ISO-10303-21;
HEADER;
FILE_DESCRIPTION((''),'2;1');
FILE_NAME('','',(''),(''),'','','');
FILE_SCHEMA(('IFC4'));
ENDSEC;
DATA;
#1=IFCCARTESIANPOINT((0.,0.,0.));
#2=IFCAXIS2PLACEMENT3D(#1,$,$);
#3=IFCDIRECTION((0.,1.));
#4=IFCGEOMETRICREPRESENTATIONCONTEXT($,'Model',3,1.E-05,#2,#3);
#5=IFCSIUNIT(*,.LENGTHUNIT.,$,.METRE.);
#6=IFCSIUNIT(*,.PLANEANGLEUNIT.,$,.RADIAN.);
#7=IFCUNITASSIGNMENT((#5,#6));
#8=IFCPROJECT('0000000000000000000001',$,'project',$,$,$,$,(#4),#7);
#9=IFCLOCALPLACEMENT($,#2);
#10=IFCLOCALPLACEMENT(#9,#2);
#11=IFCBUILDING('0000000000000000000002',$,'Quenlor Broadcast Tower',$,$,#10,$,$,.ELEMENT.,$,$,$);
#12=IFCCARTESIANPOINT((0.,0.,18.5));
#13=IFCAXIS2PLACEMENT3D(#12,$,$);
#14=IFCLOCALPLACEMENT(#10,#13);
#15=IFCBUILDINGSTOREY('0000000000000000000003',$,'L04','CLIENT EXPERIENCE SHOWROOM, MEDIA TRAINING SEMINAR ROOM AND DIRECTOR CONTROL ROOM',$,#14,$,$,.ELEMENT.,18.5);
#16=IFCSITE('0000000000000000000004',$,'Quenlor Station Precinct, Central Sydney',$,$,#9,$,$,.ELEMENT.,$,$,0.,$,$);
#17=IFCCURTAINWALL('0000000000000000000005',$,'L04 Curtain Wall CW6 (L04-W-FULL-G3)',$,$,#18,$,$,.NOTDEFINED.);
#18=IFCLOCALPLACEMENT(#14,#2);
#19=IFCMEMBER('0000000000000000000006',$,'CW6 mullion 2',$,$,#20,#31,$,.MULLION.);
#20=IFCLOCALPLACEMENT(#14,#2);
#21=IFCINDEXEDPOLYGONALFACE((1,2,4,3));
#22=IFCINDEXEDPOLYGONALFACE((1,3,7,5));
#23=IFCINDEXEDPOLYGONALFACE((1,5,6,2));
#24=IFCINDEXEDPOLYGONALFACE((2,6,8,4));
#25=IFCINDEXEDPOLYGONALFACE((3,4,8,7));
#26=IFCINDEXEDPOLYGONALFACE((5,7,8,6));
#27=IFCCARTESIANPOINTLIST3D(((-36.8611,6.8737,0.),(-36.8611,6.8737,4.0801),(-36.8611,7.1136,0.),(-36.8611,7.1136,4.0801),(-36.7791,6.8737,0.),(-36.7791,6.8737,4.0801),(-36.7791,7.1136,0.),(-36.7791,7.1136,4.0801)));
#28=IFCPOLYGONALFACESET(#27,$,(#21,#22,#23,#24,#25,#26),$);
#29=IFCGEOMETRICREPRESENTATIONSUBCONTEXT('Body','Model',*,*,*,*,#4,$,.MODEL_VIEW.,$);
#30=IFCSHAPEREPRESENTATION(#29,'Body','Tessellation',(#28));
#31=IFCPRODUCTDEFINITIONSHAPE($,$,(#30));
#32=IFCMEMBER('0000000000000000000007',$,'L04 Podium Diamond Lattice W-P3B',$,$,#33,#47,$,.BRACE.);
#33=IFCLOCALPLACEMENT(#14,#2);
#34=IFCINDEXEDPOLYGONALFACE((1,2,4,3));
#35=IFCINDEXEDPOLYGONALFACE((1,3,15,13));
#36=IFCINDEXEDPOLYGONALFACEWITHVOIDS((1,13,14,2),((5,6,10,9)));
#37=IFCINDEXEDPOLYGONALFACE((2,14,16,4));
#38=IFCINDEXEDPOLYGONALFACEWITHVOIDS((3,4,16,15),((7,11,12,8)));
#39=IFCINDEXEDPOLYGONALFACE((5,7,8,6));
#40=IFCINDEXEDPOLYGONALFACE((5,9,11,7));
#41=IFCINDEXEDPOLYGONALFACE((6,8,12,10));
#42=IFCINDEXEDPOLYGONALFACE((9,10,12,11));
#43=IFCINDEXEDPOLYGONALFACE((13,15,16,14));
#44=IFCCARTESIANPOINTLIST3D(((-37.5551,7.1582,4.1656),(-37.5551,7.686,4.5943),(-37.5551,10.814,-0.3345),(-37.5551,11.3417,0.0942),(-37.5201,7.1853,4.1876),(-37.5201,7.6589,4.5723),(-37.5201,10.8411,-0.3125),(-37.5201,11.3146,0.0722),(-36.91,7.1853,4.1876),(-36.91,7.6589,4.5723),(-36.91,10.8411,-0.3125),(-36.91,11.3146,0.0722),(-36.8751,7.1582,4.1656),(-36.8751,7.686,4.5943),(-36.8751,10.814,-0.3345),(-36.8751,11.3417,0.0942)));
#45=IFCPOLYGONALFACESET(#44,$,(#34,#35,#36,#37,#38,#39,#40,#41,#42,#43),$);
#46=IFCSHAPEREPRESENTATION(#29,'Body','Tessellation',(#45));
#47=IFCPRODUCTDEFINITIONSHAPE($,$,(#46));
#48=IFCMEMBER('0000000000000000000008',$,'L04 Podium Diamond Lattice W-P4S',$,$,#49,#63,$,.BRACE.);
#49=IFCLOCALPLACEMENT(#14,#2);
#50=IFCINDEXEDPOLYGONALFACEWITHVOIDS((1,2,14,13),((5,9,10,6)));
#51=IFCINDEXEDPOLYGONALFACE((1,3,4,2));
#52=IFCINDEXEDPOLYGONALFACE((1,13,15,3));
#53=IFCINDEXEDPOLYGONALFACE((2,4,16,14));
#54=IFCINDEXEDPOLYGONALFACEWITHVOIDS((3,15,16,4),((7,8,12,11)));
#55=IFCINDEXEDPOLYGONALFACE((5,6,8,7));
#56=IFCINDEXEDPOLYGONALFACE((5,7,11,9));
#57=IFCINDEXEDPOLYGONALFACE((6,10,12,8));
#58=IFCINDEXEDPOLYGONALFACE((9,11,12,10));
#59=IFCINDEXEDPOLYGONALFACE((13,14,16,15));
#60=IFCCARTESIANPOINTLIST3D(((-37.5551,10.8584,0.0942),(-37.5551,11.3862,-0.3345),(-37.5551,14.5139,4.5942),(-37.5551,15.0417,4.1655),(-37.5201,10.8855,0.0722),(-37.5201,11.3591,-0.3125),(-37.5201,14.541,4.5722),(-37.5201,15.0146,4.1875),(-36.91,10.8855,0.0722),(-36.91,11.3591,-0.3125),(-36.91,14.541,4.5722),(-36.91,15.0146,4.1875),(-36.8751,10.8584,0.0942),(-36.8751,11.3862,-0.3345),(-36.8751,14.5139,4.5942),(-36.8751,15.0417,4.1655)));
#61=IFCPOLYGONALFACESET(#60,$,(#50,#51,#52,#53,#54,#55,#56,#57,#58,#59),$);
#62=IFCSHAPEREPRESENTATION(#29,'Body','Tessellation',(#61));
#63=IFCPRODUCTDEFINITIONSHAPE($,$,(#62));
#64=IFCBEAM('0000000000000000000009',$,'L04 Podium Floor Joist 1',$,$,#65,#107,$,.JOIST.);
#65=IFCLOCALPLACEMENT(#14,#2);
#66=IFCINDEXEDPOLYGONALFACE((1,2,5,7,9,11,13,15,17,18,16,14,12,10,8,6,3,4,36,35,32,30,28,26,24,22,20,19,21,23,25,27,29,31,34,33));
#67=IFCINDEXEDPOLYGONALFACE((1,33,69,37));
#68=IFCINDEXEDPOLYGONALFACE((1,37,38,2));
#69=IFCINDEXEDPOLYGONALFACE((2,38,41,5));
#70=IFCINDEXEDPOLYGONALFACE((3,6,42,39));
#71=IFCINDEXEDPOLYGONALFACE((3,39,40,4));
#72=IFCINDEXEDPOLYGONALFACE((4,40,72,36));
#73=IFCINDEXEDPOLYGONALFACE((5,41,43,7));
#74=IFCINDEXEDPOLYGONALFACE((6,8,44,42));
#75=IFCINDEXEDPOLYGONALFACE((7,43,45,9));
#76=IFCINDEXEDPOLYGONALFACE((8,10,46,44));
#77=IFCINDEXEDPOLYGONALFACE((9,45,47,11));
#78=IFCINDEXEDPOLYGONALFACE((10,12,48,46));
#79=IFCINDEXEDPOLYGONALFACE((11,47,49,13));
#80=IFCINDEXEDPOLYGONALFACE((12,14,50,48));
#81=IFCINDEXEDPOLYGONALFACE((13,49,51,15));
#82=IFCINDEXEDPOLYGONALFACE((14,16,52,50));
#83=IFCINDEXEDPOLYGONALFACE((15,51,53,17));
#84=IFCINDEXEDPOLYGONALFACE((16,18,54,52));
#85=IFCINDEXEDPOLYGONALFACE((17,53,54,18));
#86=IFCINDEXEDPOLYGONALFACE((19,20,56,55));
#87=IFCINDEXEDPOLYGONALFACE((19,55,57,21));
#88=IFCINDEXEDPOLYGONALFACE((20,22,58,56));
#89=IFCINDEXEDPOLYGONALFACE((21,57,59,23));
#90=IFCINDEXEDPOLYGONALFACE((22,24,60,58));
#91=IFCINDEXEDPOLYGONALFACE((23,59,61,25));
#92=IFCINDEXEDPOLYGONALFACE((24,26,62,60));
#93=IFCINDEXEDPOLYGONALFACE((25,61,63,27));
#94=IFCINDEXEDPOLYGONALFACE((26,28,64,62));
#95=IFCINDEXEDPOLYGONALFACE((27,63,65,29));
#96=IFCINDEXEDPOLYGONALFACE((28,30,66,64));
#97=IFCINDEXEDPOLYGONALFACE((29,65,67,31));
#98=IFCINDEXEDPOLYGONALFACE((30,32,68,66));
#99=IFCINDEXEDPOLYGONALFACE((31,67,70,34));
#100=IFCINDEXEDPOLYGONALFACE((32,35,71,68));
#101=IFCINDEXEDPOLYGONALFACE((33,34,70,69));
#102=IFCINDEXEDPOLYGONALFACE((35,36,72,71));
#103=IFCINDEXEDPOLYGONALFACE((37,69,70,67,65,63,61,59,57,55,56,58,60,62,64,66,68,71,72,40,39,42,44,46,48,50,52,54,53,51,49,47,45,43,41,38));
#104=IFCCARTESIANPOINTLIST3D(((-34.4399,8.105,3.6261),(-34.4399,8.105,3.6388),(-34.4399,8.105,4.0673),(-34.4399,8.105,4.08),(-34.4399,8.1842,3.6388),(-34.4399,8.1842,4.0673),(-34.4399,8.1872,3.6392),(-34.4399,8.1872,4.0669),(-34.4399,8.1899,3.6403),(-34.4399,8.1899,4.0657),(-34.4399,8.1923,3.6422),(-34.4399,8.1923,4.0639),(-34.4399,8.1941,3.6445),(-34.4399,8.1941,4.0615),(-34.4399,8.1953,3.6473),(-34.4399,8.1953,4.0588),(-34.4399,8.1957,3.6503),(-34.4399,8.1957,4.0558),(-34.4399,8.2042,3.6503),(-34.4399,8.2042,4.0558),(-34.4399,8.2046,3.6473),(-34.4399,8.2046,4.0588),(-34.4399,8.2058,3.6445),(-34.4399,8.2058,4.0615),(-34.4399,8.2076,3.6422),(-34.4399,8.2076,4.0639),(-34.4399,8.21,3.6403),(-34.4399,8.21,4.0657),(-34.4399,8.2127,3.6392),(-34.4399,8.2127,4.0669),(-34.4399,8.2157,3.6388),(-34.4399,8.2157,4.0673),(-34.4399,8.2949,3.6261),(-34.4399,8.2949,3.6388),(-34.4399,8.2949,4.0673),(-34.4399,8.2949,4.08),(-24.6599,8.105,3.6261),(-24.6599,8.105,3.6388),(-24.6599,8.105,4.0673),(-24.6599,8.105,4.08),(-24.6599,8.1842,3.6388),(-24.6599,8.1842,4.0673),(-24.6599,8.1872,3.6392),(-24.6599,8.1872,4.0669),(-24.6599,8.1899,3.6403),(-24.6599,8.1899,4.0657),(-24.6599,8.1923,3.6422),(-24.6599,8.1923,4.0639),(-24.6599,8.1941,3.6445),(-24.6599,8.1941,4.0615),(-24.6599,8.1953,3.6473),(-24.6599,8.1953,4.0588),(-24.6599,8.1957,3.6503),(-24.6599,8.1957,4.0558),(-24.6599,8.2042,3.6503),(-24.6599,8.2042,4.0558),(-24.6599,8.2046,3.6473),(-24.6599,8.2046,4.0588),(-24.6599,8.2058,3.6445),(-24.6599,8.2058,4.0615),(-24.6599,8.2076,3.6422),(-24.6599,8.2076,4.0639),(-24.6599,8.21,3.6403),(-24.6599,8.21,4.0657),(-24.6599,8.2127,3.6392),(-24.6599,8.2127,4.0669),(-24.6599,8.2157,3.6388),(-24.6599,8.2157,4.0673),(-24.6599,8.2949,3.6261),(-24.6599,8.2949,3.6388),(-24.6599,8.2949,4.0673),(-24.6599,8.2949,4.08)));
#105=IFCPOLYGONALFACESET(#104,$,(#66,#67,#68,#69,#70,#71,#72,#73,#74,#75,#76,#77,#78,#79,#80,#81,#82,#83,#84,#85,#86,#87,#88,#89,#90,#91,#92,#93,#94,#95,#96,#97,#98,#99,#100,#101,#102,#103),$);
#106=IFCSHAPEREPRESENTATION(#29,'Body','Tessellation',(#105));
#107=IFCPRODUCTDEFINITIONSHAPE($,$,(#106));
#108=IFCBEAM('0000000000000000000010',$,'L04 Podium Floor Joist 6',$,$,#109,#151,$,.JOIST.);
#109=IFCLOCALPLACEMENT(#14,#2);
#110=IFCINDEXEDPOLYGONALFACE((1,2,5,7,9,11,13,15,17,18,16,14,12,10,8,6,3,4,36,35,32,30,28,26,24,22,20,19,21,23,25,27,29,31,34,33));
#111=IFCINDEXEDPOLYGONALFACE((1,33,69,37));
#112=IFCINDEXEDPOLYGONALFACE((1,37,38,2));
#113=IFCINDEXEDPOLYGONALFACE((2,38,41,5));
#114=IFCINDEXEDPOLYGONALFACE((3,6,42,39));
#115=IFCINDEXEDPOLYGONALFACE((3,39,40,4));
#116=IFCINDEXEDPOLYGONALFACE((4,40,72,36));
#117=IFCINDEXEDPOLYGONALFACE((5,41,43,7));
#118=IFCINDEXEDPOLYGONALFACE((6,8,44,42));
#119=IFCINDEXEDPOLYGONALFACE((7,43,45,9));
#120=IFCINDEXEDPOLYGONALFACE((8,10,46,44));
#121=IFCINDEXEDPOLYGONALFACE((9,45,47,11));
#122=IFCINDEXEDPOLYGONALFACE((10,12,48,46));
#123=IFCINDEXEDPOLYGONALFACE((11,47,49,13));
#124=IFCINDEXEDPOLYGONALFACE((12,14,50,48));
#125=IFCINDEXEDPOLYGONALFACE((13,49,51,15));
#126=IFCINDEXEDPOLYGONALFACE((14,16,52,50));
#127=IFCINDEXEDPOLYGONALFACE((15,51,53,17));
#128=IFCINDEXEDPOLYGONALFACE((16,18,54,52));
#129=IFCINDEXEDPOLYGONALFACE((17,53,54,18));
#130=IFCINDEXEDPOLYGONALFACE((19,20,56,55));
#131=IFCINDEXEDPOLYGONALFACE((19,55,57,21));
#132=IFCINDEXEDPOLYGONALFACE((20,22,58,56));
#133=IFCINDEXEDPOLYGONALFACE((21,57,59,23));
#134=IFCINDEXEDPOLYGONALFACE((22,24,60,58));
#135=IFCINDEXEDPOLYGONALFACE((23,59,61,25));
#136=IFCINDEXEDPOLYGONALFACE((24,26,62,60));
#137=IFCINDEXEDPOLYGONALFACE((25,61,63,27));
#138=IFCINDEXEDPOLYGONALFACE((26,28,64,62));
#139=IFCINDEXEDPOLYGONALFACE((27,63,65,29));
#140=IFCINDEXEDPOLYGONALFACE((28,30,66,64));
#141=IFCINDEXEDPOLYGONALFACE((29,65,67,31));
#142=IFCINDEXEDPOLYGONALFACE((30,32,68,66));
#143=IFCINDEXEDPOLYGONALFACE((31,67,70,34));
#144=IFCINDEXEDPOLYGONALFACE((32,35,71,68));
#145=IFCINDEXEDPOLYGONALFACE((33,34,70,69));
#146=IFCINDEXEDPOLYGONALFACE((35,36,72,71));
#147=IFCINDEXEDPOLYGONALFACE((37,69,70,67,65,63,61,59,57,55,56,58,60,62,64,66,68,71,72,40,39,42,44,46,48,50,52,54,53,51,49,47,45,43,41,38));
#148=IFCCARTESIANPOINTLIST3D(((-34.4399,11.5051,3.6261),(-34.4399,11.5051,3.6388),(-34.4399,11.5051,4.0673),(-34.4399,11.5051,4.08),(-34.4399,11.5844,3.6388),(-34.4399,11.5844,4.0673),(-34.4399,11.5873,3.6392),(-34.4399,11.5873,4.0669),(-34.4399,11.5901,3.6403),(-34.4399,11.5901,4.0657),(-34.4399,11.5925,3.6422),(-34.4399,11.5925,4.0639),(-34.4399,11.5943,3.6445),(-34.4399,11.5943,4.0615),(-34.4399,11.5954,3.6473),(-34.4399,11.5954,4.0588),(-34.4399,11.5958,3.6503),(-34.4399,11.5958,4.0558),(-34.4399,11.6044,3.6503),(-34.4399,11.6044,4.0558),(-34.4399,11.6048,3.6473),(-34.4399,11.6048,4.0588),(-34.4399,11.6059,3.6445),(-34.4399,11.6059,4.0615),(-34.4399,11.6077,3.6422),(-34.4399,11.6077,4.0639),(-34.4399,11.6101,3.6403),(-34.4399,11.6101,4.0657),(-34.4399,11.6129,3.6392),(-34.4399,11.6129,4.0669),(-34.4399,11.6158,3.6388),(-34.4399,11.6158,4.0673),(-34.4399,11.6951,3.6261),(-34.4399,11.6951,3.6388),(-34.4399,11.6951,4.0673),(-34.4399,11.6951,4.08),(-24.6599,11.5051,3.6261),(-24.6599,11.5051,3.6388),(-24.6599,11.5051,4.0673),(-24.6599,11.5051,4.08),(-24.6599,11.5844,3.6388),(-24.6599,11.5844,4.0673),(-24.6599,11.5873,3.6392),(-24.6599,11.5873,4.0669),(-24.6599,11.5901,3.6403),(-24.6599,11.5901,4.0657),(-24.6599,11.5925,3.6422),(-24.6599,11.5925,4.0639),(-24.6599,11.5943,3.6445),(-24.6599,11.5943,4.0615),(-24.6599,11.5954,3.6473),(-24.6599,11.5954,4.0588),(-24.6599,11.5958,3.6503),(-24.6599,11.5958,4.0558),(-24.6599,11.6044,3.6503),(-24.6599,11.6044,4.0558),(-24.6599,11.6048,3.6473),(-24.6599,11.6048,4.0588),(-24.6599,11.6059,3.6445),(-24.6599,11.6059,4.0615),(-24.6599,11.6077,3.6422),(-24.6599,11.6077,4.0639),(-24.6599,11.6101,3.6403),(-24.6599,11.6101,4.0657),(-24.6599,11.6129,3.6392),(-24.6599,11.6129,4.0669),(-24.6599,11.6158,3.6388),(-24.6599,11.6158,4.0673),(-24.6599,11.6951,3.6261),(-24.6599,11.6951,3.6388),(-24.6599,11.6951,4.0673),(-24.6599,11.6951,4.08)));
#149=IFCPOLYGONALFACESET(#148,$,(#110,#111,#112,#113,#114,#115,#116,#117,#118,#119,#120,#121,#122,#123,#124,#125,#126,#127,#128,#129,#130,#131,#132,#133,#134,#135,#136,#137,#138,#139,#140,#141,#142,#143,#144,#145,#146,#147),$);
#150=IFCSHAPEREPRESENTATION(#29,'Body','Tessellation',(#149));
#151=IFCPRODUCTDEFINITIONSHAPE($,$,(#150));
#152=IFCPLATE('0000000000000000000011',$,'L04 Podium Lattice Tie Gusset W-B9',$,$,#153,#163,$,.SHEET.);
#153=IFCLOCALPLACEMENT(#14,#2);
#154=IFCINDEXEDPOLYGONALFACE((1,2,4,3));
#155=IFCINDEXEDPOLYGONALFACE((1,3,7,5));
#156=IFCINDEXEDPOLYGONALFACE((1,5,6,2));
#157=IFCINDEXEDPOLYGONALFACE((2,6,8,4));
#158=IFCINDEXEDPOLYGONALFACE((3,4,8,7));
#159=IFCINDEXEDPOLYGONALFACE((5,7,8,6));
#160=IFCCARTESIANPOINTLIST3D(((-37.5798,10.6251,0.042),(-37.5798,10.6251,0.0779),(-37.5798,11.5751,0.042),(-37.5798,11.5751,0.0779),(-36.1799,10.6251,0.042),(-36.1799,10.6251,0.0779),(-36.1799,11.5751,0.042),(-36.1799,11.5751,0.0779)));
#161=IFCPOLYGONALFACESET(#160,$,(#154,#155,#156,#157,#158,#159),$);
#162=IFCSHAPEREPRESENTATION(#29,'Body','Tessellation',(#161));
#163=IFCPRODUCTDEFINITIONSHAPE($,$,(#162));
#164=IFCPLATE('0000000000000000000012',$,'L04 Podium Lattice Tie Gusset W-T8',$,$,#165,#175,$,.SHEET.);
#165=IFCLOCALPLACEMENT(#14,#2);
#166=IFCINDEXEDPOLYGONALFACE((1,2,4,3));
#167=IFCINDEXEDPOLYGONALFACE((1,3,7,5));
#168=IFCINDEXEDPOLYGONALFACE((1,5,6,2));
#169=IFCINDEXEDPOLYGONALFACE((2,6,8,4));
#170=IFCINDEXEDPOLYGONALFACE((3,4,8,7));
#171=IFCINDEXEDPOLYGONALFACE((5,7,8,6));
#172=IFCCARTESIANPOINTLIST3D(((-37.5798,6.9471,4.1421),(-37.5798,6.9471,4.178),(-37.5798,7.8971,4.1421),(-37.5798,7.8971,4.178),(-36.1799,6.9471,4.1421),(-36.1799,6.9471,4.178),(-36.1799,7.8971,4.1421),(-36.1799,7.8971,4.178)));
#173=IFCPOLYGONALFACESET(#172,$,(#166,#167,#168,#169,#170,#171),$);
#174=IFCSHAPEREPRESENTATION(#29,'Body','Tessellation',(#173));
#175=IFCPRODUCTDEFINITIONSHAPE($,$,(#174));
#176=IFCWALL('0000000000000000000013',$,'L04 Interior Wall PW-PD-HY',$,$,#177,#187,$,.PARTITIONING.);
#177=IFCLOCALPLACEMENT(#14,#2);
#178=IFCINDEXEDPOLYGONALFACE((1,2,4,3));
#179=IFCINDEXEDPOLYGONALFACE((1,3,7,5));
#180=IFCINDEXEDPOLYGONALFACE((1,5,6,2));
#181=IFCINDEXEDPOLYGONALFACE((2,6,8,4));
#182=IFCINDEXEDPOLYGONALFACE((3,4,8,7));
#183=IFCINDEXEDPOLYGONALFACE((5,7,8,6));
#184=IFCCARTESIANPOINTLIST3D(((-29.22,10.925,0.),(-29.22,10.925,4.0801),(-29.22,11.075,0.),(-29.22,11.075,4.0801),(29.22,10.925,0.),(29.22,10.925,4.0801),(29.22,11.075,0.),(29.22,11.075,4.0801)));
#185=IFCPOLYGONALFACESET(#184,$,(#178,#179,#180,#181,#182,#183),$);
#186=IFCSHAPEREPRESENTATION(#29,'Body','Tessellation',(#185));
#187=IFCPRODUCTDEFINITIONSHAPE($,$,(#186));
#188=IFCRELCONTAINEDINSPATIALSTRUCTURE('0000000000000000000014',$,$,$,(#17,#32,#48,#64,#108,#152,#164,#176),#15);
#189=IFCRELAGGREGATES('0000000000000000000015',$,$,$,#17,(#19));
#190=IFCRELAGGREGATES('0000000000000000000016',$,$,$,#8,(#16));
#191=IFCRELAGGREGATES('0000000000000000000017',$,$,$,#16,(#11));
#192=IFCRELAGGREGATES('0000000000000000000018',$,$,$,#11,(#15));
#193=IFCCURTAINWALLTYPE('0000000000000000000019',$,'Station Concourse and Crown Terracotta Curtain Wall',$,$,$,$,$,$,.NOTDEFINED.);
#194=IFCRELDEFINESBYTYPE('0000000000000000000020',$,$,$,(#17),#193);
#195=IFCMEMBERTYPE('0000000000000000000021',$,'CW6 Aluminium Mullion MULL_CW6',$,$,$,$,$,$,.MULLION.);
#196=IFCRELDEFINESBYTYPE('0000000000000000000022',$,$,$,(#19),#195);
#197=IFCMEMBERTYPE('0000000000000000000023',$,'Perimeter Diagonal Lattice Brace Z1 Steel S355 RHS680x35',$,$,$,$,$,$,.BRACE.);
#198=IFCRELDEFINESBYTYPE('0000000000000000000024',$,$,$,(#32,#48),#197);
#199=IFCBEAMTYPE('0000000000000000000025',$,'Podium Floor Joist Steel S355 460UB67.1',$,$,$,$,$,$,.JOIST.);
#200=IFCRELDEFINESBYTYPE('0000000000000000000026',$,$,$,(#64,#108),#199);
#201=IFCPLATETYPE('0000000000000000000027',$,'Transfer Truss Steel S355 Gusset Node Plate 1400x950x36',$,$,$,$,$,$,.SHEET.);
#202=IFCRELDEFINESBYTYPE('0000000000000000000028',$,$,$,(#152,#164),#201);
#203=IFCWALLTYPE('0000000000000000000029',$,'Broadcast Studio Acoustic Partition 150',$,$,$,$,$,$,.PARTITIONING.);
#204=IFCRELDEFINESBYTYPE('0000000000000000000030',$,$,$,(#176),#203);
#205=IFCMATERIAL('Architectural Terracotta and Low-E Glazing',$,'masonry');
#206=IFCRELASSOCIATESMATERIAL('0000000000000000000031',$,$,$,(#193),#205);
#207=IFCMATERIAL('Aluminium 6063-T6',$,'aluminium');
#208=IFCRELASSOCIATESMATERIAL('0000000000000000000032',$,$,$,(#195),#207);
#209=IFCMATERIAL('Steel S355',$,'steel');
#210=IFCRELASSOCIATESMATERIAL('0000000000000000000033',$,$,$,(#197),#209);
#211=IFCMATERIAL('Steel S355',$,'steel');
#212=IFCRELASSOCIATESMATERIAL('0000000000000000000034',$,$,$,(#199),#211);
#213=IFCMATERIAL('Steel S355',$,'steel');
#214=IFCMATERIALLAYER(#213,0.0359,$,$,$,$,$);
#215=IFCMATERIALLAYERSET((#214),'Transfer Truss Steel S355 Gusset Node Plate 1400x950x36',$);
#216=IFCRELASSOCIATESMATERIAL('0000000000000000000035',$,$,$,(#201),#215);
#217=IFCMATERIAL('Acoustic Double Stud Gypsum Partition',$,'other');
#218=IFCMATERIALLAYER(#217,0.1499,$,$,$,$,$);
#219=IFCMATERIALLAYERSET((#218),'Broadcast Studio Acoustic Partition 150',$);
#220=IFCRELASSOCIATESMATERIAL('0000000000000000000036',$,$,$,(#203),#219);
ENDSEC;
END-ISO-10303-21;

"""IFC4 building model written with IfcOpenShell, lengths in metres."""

from ifc_helpers import new_model, si_unit, direction, frame, frame_2d, origin, origin_2d, place, context, subcontext, project, spatial, rectangle, hollow_rectangle, i_section, extrude, material, layer, layer_set, material_profile, profile_set, type_object, element, aggregate, save


model = new_model("IFC4")

# Units and contexts
model_context = context("Model", 3, precision=1e-05, world=origin(), true_north=direction((0.0, 1.0)))
body_context = subcontext(model_context, "Body", "Model", "MODEL_VIEW")
ifc_project = project(units=[si_unit("LENGTHUNIT", "METRE"), si_unit("PLANEANGLEUNIT", "RADIAN")], contexts=[model_context])

# Site, building, storey
site_placement = place(None, origin())
site = spatial("IfcSite", under=ifc_project, at=site_placement, Name="Quenlor Station Precinct, Central Sydney", CompositionType="ELEMENT", RefElevation=0.0)
building_placement = place(site_placement, origin())
building = spatial("IfcBuilding", under=site, at=building_placement, Name="Quenlor Broadcast Tower", CompositionType="ELEMENT")
storey_placement = place(building_placement, frame((0.0, 0.0, 18.5)))
storey = spatial("IfcBuildingStorey", under=building, at=storey_placement, Name="L04", Description="CLIENT EXPERIENCE SHOWROOM, MEDIA TRAINING SEMINAR ROOM AND DIRECTOR CONTROL ROOM", CompositionType="ELEMENT", Elevation=18.5)

# Curtain wall, member
ifc_material_1 = material(Name="Architectural Terracotta and Low-E Glazing", Category="masonry")
curtain_wall_type = type_object("IfcCurtainWallType", Name="Station Concourse and Crown Terracotta Curtain Wall", PredefinedType="NOTDEFINED", material=ifc_material_1)
curtain_wall_placement = place(storey_placement, origin())
curtain_wall = element("IfcCurtainWall", 1, at=curtain_wall_placement, inside=storey, type_object=curtain_wall_type, Name="L04 Curtain Wall CW6 (L04-W-FULL-G3)", PredefinedType="NOTDEFINED")
ifc_material_2 = material(Name="Aluminium 6063-T6", Category="aluminium")
ifc_material_profile_1 = material_profile(ifc_material_2, rectangle(XDim=0.082, YDim=0.24, at=origin_2d()))
ifc_profile_set_1 = profile_set([ifc_material_profile_1], Name="Aluminium 6063-T6 MULL82x240")
member_type_1 = type_object("IfcMemberType", Name="CW6 Aluminium Mullion MULL_CW6", PredefinedType="MULLION", material=ifc_profile_set_1)
member_1_placement = place(storey_placement, frame((-36.8201, 6.9937, 0.0), z_axis=(0.0, 0.0, 1.0), x_axis=(-1.0, 0.0, 0.0)))
member_1 = element("IfcMember", 2, at=member_1_placement, type_object=member_type_1, Name="CW6 mullion 2", PredefinedType="MULLION", context=body_context, shape_type="SweptSolid", body=[
    extrude(rectangle(XDim=0.082, YDim=0.24, at=origin_2d()), origin(), (0.0, 0.0, 1.0), 4.0801),
])
aggregate(curtain_wall, [member_1])

# Members
ifc_material_3 = material(Name="Steel S355", Category="steel")
ifc_material_profile_2 = material_profile(ifc_material_3, hollow_rectangle(XDim=0.6799, YDim=0.6799, WallThickness=0.0349, at=origin_2d()))
ifc_profile_set_2 = profile_set([ifc_material_profile_2], Name="Steel S355 RHS680x680x35")
member_type_2 = type_object("IfcMemberType", Name="Perimeter Diagonal Lattice Brace Z1 Steel S355 RHS680x35", PredefinedType="BRACE", material=ifc_profile_set_2)
member_2_placement = place(storey_placement, frame((-37.2151, 11.0779, -0.1201), z_axis=(0.0, -0.630542, 0.776155), x_axis=(1.0, 0.0, 0.0)))
element("IfcMember", 3, at=member_2_placement, inside=storey, type_object=member_type_2, Name="L04 Podium Diamond Lattice W-P3B", PredefinedType="BRACE", context=body_context, shape_type="SweptSolid", body=[
    extrude(hollow_rectangle(XDim=0.6799, YDim=0.6799, WallThickness=0.0349, at=origin_2d()), origin(), (0.0, 0.0, 1.0), 5.7979),
])
member_3_placement = place(storey_placement, frame((-37.2151, 11.1223, -0.1201), z_axis=(0.0, 0.630517, 0.776176), x_axis=(-1.0, 0.0, 0.0)))
element("IfcMember", 4, at=member_3_placement, inside=storey, type_object=member_type_2, Name="L04 Podium Diamond Lattice W-P4S", PredefinedType="BRACE", context=body_context, shape_type="SweptSolid", body=[
    extrude(hollow_rectangle(XDim=0.6799, YDim=0.6799, WallThickness=0.0349, at=origin_2d()), origin(), (0.0, 0.0, 1.0), 5.7976),
])

# Beams
ifc_material_4 = material(Name="Steel S355", Category="steel")
ifc_material_profile_3 = material_profile(ifc_material_4, i_section(OverallWidth=0.1899, OverallDepth=0.4539, WebThickness=0.0085, FlangeThickness=0.0127, FilletRadius=0.0115, at=origin_2d()))
ifc_profile_set_3 = profile_set([ifc_material_profile_3], Name="Steel S355 460UB67.1")
beam_type = type_object("IfcBeamType", Name="Podium Floor Joist Steel S355 460UB67.1", PredefinedType="JOIST", material=ifc_profile_set_3)
for number, where, z_axis, x_axis, name in (
    (5, (-34.4399, 8.2, 3.853), (1.0, 0.0, 0.0), (0.0, 1.0, 0.0), "L04 Podium Floor Joist 1"),
    (6, (-34.4399, 11.6001, 3.853), (1.0, 0.0, 0.0), (0.0, 1.0, 0.0), "L04 Podium Floor Joist 6"),
):
    element("IfcBeam", number, at=place(storey_placement, frame(where, z_axis=z_axis, x_axis=x_axis)), inside=storey, type_object=beam_type, Name=name, PredefinedType="JOIST", context=body_context, shape_type="SweptSolid", body=[
        extrude(i_section(OverallWidth=0.1899, OverallDepth=0.4539, WebThickness=0.0085, FlangeThickness=0.0127, FilletRadius=0.0115, at=origin_2d()), origin(), (0.0, 0.0, 1.0), 9.78),
    ])

# Plates
ifc_material_5 = material(Name="Steel S355", Category="steel")
ifc_layer_1 = layer(ifc_material_5, 0.0359)
ifc_layer_set_1 = layer_set([ifc_layer_1], Name="Transfer Truss Steel S355 Gusset Node Plate 1400x950x36")
plate_type = type_object("IfcPlateType", Name="Transfer Truss Steel S355 Gusset Node Plate 1400x950x36", PredefinedType="SHEET", material=ifc_layer_set_1)
for number, where, z_axis, x_axis, name in (
    (7, (-36.8799, 11.1001, 0.042), (0.0, 0.0, 1.0), (-1.0, 0.0, 0.0), "L04 Podium Lattice Tie Gusset W-B9"),
    (8, (-36.8799, 7.4221, 4.1421), (0.0, 0.0, 1.0), (-1.0, 0.0, 0.0), "L04 Podium Lattice Tie Gusset W-T8"),
):
    element("IfcPlate", number, at=place(storey_placement, frame(where, z_axis=z_axis, x_axis=x_axis)), inside=storey, type_object=plate_type, Name=name, PredefinedType="SHEET", context=body_context, shape_type="SweptSolid", body=[
        extrude(rectangle(XDim=1.3999, YDim=0.95, at=origin_2d()), origin(), (0.0, 0.0, 1.0), 0.0359),
    ])

# Wall
ifc_material_6 = material(Name="Acoustic Double Stud Gypsum Partition", Category="other")
ifc_layer_2 = layer(ifc_material_6, 0.1499)
ifc_layer_set_2 = layer_set([ifc_layer_2], Name="Broadcast Studio Acoustic Partition 150")
wall_type_1 = type_object("IfcWallType", Name="Broadcast Studio Acoustic Partition 150", PredefinedType="PARTITIONING", material=ifc_layer_set_2)
wall_1_placement = place(storey_placement, frame((-29.22, 11.0, 0.0), z_axis=(0.0, 0.0, 1.0), x_axis=(1.0, 0.0, 0.0)))
element("IfcWall", 9, at=wall_1_placement, inside=storey, type_object=wall_type_1, Name="L04 Interior Wall PW-PD-HY", PredefinedType="PARTITIONING", context=body_context, shape_type="SweptSolid", body=[
    extrude(rectangle(XDim=58.4399, YDim=0.1499, at=frame_2d((29.22, 0.0))), origin(), (0.0, 0.0, 1.0), 4.0801),
])

save(model, "model.ifc")
